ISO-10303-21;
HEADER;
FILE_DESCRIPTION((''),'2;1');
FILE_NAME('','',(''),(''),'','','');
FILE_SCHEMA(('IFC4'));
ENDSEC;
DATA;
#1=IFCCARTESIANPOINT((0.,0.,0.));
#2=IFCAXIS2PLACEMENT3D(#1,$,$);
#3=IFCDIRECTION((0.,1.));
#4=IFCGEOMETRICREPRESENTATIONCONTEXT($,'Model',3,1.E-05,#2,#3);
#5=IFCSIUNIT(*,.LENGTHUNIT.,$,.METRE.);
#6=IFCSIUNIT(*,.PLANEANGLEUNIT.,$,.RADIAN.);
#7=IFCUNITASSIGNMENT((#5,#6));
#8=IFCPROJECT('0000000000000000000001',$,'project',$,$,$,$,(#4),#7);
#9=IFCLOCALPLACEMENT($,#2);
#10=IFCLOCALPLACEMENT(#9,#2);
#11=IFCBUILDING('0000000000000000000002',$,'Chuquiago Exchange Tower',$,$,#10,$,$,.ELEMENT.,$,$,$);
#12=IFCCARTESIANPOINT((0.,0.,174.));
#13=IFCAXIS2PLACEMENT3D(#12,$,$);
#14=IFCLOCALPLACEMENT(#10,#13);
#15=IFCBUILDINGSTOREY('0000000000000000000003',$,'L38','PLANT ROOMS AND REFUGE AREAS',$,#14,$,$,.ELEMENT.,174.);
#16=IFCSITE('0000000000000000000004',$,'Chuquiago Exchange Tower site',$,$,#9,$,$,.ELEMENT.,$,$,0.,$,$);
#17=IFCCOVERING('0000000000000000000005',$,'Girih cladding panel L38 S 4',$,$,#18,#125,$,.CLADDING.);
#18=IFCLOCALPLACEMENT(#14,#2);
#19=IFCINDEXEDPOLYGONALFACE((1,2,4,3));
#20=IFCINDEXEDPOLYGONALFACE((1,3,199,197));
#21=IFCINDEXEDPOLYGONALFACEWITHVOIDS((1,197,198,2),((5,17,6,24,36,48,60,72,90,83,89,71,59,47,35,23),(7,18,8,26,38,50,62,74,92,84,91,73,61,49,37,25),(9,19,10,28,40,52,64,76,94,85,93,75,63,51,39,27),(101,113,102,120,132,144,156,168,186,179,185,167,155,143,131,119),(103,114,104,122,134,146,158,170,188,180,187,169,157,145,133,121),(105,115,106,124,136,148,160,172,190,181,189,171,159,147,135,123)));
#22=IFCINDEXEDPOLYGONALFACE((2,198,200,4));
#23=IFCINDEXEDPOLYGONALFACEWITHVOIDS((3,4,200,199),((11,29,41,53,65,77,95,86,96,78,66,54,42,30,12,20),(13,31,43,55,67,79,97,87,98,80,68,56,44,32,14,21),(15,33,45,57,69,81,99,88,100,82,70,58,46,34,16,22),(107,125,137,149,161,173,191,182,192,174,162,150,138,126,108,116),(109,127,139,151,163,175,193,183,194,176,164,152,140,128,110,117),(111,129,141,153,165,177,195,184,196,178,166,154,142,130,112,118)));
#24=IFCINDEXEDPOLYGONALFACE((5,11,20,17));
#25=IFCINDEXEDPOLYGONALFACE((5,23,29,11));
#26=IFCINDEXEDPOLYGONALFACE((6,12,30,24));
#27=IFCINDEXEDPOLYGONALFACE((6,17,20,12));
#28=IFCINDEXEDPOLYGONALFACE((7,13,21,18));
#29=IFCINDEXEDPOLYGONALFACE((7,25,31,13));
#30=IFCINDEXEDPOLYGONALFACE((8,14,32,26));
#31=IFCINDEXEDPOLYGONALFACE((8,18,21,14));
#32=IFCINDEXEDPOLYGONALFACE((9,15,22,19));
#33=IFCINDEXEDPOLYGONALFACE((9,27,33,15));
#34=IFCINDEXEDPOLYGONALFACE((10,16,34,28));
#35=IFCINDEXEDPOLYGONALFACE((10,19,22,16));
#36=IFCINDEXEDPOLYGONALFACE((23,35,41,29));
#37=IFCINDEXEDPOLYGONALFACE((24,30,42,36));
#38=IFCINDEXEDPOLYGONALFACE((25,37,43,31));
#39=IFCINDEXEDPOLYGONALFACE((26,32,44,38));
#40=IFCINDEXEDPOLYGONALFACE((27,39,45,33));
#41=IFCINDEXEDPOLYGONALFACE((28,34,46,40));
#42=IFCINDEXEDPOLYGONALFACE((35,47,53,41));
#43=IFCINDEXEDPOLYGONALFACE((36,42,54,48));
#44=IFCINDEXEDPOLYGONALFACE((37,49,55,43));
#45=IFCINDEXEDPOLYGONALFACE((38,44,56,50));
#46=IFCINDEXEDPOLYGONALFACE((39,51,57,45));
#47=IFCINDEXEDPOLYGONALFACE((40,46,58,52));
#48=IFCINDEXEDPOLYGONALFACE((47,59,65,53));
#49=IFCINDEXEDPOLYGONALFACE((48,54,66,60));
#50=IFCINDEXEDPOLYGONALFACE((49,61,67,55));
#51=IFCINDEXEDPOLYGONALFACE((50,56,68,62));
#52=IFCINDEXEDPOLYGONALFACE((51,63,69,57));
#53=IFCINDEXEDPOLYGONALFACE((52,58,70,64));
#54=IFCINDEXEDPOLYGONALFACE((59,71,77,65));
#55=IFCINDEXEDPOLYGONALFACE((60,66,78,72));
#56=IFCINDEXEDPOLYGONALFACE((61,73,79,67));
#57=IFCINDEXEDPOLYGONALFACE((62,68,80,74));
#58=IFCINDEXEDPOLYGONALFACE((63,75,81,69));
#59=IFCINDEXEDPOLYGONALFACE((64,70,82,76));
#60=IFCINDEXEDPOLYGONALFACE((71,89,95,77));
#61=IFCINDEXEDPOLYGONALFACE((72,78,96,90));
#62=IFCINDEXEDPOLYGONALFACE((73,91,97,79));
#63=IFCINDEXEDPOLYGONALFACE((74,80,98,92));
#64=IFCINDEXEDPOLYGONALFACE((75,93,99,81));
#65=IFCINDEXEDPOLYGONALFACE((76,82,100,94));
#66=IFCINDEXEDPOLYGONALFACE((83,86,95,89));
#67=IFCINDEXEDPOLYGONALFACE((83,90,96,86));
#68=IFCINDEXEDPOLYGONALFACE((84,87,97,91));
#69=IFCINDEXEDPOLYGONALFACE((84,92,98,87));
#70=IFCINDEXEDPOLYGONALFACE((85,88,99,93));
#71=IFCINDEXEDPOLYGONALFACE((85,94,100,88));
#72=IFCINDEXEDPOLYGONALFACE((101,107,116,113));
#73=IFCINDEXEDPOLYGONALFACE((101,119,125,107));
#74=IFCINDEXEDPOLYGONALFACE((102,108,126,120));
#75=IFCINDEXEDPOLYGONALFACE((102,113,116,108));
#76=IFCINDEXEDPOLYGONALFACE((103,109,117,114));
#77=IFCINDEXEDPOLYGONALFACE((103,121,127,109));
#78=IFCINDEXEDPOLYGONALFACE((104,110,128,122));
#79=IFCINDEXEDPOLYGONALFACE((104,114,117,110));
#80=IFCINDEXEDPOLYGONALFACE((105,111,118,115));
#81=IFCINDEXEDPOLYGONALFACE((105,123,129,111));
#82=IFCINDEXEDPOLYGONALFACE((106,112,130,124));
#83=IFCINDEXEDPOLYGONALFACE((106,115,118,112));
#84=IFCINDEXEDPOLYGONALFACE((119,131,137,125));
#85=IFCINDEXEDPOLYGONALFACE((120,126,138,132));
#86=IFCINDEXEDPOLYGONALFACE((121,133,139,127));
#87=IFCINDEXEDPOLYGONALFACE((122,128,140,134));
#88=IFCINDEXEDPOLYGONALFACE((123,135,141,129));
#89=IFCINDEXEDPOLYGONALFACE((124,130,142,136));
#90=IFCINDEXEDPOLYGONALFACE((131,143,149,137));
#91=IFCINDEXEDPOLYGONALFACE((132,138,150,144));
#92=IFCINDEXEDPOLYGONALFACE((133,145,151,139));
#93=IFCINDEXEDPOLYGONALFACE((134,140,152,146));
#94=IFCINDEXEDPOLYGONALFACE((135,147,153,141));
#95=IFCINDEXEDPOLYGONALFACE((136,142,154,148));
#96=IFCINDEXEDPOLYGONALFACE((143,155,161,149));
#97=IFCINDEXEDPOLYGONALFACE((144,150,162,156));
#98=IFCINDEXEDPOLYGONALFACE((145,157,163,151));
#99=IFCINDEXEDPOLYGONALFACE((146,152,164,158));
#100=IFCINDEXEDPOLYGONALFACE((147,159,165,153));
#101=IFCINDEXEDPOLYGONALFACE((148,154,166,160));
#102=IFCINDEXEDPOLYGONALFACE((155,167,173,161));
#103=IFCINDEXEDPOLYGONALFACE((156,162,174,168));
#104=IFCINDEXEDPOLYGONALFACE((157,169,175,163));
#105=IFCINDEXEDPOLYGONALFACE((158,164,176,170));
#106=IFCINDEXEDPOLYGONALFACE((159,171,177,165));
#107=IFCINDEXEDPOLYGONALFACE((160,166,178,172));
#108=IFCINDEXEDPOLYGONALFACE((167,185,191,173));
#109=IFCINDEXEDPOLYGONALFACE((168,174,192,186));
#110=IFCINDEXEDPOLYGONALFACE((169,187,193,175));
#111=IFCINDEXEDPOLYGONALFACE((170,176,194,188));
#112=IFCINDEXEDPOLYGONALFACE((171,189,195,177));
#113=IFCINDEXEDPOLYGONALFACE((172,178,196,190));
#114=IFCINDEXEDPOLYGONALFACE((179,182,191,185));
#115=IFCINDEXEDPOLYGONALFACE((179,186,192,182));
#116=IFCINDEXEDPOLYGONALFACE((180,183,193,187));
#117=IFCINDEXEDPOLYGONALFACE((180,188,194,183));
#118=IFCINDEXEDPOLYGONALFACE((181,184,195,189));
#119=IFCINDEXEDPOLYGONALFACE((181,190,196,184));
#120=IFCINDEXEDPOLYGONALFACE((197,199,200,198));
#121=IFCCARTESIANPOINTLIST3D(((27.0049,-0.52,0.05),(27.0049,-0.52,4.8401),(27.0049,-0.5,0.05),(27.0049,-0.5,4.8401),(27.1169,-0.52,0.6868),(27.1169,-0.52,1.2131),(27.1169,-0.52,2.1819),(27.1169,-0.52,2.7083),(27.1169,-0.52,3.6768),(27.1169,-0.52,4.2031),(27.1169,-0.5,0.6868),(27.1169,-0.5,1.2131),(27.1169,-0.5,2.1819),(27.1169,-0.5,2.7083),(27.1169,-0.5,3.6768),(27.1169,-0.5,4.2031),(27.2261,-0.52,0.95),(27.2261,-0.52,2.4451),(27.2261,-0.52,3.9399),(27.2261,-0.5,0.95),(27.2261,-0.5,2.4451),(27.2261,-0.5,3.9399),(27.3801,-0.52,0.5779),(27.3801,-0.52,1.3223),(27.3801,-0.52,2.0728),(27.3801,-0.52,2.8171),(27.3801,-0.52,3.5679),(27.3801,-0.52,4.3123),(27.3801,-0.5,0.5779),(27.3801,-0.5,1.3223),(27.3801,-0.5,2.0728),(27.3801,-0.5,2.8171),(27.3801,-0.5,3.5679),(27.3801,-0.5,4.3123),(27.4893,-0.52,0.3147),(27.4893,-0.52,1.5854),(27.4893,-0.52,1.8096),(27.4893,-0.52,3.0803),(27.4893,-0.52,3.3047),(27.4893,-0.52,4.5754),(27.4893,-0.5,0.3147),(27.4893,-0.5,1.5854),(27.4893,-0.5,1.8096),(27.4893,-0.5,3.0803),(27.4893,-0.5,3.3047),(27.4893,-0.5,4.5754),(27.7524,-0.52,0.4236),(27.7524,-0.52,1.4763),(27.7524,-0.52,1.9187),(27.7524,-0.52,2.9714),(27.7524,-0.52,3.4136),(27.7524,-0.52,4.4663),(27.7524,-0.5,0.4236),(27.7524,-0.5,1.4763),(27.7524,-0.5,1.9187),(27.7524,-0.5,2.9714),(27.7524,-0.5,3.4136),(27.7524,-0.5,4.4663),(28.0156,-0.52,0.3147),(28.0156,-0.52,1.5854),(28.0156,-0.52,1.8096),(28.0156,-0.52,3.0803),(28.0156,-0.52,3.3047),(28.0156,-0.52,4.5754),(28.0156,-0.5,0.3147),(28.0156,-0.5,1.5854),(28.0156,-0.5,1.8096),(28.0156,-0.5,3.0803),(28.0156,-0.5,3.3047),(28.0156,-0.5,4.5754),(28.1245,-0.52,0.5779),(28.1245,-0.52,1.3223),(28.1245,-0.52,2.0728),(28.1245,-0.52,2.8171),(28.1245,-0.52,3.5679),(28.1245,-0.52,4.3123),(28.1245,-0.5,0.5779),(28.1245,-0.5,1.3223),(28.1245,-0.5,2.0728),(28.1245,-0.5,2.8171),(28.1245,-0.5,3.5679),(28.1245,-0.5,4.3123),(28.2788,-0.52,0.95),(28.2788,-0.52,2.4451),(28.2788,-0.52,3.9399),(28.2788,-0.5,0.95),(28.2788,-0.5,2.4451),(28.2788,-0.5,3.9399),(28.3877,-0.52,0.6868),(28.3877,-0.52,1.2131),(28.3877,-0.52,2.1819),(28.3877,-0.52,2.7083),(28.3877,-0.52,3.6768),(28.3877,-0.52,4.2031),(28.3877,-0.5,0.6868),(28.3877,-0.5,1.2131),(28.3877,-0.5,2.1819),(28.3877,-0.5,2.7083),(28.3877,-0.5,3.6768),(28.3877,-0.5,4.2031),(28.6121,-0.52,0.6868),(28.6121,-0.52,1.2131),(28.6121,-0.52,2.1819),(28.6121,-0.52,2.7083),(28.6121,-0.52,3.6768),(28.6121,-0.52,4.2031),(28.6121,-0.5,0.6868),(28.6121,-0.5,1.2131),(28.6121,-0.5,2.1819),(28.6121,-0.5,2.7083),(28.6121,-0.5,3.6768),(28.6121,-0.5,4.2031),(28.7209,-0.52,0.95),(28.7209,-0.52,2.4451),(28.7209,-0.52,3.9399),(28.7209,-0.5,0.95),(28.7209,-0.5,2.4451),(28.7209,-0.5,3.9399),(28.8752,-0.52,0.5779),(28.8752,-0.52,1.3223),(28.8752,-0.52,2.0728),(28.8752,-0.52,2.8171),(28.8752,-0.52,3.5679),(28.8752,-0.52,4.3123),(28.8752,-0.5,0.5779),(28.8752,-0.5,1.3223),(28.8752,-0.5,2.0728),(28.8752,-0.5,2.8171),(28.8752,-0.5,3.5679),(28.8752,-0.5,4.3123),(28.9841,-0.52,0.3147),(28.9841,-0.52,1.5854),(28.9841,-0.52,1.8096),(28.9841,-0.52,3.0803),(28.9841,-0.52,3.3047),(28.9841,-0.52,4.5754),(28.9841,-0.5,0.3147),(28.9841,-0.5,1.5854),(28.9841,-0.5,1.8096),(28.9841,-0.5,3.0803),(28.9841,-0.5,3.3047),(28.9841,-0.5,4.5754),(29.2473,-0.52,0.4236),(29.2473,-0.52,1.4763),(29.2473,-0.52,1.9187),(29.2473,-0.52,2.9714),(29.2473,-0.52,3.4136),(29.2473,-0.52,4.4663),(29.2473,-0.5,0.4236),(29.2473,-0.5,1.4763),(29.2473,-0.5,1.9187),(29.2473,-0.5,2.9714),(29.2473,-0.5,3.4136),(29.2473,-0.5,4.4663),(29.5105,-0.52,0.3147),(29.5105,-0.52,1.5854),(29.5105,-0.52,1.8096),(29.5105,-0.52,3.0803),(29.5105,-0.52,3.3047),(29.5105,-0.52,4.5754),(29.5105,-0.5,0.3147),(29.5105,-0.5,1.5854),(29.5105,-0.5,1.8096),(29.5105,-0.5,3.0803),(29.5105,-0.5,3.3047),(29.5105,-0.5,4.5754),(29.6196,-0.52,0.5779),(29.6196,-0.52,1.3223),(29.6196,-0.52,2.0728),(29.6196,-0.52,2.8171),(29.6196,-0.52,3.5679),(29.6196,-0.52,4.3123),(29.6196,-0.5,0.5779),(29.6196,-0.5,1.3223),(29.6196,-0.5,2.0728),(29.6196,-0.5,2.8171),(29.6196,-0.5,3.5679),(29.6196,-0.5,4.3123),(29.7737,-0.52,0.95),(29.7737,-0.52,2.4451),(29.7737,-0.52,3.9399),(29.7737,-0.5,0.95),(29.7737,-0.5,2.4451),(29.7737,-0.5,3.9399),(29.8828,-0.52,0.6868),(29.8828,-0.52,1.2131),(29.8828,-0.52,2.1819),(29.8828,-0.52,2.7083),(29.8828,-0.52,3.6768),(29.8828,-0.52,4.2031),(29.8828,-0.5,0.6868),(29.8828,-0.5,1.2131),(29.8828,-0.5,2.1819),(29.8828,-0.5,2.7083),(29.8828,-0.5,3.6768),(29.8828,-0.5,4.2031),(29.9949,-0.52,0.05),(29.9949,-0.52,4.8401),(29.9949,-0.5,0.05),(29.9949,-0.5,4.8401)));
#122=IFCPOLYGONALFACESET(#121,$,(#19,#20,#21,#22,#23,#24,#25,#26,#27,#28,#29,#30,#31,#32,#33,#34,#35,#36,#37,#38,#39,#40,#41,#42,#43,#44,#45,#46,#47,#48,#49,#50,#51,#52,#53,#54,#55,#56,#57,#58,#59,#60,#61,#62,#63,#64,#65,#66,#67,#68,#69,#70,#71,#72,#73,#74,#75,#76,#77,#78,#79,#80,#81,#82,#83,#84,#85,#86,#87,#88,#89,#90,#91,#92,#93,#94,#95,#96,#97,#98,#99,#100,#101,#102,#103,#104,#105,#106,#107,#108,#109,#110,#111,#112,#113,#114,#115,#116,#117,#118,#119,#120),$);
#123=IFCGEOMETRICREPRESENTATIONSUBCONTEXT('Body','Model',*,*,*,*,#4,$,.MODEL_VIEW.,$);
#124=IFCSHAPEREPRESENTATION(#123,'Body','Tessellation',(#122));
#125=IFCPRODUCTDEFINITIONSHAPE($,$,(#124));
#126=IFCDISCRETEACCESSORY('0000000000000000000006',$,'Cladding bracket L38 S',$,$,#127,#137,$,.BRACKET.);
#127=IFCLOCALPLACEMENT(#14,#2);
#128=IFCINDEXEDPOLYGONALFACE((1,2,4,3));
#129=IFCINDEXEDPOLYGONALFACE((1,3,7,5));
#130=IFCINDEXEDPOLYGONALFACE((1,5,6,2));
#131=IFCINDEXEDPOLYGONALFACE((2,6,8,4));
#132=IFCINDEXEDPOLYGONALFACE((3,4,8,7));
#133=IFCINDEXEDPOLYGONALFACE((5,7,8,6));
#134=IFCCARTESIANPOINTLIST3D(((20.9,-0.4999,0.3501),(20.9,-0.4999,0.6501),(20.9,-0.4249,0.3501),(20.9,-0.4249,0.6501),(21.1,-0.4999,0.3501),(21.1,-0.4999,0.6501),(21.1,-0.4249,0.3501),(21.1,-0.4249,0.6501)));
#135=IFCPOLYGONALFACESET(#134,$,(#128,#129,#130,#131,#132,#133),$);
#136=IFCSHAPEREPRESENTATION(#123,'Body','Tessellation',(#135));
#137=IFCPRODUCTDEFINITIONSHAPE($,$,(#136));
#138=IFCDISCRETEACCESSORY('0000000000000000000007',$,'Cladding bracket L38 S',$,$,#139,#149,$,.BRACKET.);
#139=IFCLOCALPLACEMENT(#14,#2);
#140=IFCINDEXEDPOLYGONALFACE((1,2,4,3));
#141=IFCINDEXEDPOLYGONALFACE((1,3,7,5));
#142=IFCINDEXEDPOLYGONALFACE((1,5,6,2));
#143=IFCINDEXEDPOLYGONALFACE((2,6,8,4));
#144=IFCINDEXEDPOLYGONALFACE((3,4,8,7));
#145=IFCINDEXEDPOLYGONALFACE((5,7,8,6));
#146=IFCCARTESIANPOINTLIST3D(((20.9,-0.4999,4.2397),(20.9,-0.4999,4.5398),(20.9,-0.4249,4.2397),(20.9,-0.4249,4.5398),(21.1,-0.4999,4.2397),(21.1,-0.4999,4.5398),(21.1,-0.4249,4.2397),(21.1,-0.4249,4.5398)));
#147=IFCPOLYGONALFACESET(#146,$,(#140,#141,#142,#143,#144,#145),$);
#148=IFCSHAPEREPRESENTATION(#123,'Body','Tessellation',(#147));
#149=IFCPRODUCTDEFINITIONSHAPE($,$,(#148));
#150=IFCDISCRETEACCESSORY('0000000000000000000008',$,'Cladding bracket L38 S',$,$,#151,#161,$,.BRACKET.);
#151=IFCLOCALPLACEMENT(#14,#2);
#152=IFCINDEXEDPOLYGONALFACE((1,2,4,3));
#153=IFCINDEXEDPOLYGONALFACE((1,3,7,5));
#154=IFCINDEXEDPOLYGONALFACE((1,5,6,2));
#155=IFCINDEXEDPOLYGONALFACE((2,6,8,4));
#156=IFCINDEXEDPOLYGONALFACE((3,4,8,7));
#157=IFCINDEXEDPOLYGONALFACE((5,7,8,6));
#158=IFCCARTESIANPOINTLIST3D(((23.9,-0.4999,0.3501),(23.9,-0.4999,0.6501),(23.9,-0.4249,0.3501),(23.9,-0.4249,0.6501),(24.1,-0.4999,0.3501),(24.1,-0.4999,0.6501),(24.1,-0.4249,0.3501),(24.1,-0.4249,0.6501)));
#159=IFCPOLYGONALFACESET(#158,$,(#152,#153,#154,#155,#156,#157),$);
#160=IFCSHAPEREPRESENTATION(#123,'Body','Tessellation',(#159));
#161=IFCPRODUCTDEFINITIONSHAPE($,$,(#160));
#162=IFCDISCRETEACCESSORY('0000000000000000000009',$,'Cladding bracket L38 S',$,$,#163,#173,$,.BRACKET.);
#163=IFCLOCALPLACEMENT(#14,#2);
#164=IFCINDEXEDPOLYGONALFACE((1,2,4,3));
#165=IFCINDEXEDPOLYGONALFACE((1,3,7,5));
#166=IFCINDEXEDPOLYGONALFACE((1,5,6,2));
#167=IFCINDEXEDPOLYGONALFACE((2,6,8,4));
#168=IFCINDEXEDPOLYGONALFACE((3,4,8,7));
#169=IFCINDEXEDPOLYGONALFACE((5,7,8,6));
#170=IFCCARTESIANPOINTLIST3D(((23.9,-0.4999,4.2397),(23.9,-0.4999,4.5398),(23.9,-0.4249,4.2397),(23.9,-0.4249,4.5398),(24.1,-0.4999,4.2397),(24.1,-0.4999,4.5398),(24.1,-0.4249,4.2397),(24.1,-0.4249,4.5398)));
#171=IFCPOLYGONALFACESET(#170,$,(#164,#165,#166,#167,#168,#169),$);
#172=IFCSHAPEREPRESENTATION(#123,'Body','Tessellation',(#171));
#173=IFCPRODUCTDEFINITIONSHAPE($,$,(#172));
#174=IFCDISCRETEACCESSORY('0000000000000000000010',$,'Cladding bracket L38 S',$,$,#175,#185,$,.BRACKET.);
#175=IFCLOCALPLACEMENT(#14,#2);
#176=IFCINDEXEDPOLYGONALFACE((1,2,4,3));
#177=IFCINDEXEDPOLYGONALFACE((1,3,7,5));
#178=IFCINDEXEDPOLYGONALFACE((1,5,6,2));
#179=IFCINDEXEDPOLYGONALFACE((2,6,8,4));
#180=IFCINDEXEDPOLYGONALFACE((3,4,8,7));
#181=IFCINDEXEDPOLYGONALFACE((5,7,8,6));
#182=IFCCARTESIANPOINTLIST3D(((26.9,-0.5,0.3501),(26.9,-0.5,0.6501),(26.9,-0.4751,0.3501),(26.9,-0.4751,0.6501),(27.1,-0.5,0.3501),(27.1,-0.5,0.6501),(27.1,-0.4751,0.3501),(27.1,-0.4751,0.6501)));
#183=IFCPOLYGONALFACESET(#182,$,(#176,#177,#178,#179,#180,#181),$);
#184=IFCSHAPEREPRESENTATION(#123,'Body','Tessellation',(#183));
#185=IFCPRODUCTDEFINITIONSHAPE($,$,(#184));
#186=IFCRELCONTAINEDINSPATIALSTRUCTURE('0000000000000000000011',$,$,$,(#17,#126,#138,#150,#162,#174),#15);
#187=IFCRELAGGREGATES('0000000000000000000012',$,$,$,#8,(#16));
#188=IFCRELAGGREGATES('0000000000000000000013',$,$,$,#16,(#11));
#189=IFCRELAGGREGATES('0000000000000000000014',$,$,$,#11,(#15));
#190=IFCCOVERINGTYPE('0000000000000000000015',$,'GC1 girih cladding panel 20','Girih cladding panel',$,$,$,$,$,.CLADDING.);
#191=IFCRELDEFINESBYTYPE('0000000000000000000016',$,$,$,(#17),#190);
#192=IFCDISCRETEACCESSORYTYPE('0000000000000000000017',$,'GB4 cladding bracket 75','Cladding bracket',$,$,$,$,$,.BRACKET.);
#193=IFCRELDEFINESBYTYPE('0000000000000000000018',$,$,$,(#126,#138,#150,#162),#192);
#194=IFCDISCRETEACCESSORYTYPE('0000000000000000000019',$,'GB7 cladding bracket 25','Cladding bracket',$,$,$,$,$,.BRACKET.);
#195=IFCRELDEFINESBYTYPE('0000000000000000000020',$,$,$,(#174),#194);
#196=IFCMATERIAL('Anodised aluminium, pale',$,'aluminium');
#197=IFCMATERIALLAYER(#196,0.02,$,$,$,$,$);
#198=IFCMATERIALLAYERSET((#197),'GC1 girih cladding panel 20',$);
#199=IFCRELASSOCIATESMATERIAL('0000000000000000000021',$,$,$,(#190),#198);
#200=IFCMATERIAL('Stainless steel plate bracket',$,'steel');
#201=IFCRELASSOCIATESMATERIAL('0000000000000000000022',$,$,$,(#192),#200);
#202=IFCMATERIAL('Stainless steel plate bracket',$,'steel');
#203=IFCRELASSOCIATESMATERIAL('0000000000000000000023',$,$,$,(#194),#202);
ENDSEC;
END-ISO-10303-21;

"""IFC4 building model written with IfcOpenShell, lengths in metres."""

from ifc_helpers import new_model, si_unit, direction, frame, origin, origin_2d, place, context, subcontext, project, spatial, polyline, rectangle, outline, extrude, material, layer, layer_set, type_object, element, save


model = new_model("IFC4")

# Units and contexts
model_context = context("Model", 3, precision=1e-05, world=origin(), true_north=direction((0.0, 1.0)))
body_context = subcontext(model_context, "Body", "Model", "MODEL_VIEW")
ifc_project = project(units=[si_unit("LENGTHUNIT", "METRE"), si_unit("PLANEANGLEUNIT", "RADIAN")], contexts=[model_context])

# Site, building, storey
site_placement = place(None, origin())
site = spatial("IfcSite", under=ifc_project, at=site_placement, Name="Chuquiago Exchange Tower site", CompositionType="ELEMENT", RefElevation=0.0)
building_placement = place(site_placement, origin())
building = spatial("IfcBuilding", under=site, at=building_placement, Name="Chuquiago Exchange Tower", CompositionType="ELEMENT")
storey_placement = place(building_placement, frame((0.0, 0.0, 174.0)))
storey = spatial("IfcBuildingStorey", under=building, at=storey_placement, Name="L38", Description="PLANT ROOMS AND REFUGE AREAS", CompositionType="ELEMENT", Elevation=174.0)

# Covering
ifc_material_1 = material(Name="Anodised aluminium, pale", Category="aluminium")
ifc_layer_1 = layer(ifc_material_1, 0.02)
ifc_layer_set_1 = layer_set([ifc_layer_1], Name="GC1 girih cladding panel 20")
covering_type = type_object("IfcCoveringType", Name="GC1 girih cladding panel 20", Description="Girih cladding panel", PredefinedType="CLADDING", material=ifc_layer_set_1)
covering_1_placement = place(storey_placement, frame((27.0049, -0.5, 0.05), z_axis=(0.0, 0.0, 1.0), x_axis=(1.0, 0.0, 0.0)))
element("IfcCovering", 1, at=covering_1_placement, inside=storey, type_object=covering_type, Name="Girih cladding panel L38 S 4", PredefinedType="CLADDING", context=body_context, shape_type="SweptSolid", body=[
    extrude(outline(polyline([(0.0, 0.0), (2.99, 0.0), (2.99, 4.79), (0.0, 4.79), (0.0, 0.0)]), holes=[polyline([(1.2739, 0.8999), (1.3828, 1.1631), (1.1196, 1.2722), (1.0107, 1.5354), (0.7476, 1.4263), (0.4844, 1.5354), (0.3752, 1.2722), (0.1121, 1.1631), (0.2212, 0.8999), (0.1121, 0.6367), (0.3752, 0.5278), (0.4844, 0.2646), (0.7476, 0.3735), (1.0107, 0.2646), (1.1196, 0.5278), (1.3828, 0.6367), (1.2739, 0.8999)]), polyline([(2.7688, 0.8999), (2.8779, 1.1631), (2.6147, 1.2722), (2.5056, 1.5354), (2.2424, 1.4263), (1.9792, 1.5354), (1.8704, 1.2722), (1.6072, 1.1631), (1.7161, 0.8999), (1.6072, 0.6367), (1.8704, 0.5278), (1.9792, 0.2646), (2.2424, 0.3735), (2.5056, 0.2646), (2.6147, 0.5278), (2.8779, 0.6367), (2.7688, 0.8999)]), polyline([(1.2739, 2.395), (1.3828, 2.6582), (1.1196, 2.7671), (1.0107, 3.0303), (0.7476, 2.9214), (0.4844, 3.0303), (0.3752, 2.7671), (0.1121, 2.6582), (0.2212, 2.395), (0.1121, 2.1318), (0.3752, 2.0227), (0.4844, 1.7595), (0.7476, 1.8687), (1.0107, 1.7595), (1.1196, 2.0227), (1.3828, 2.1318), (1.2739, 2.395)]), polyline([(2.7688, 2.395), (2.8779, 2.6582), (2.6147, 2.7671), (2.5056, 3.0303), (2.2424, 2.9214), (1.9792, 3.0303), (1.8704, 2.7671), (1.6072, 2.6582), (1.7161, 2.395), (1.6072, 2.1318), (1.8704, 2.0227), (1.9792, 1.7595), (2.2424, 1.8687), (2.5056, 1.7595), (2.6147, 2.0227), (2.8779, 2.1318), (2.7688, 2.395)]), polyline([(1.2739, 3.8899), (1.3828, 4.1531), (1.1196, 4.2622), (1.0107, 4.5254), (0.7476, 4.4163), (0.4844, 4.5254), (0.3752, 4.2622), (0.1121, 4.1531), (0.2212, 3.8899), (0.1121, 3.6267), (0.3752, 3.5178), (0.4844, 3.2546), (0.7476, 3.3635), (1.0107, 3.2546), (1.1196, 3.5178), (1.3828, 3.6267), (1.2739, 3.8899)]), polyline([(2.7688, 3.8899), (2.8779, 4.1531), (2.6147, 4.2622), (2.5056, 4.5254), (2.2424, 4.4163), (1.9792, 4.5254), (1.8704, 4.2622), (1.6072, 4.1531), (1.7161, 3.8899), (1.6072, 3.6267), (1.8704, 3.5178), (1.9792, 3.2546), (2.2424, 3.3635), (2.5056, 3.2546), (2.6147, 3.5178), (2.8779, 3.6267), (2.7688, 3.8899)])]), frame((0.0, 0.0, 0.0), z_axis=(0.0, -1.0, 0.0), x_axis=(1.0, 0.0, 0.0)), (0.0, 0.0, 1.0), 0.02),
])

# Discrete accessories
ifc_material_2 = material(Name="Stainless steel plate bracket", Category="steel")
discrete_accessory_type_1 = type_object("IfcDiscreteAccessoryType", Name="GB4 cladding bracket 75", Description="Cladding bracket", PredefinedType="BRACKET", material=ifc_material_2)
for number, where, z_axis, x_axis, name in (
    (2, (21.0, -0.4624, 0.3501), (0.0, 0.0, 1.0), (1.0, 0.0, 0.0), "Cladding bracket L38 S"),
    (3, (21.0, -0.4624, 4.2397), (0.0, 0.0, 1.0), (1.0, 0.0, 0.0), "Cladding bracket L38 S"),
    (4, (24.0, -0.4624, 0.3501), (0.0, 0.0, 1.0), (1.0, 0.0, 0.0), "Cladding bracket L38 S"),
    (5, (24.0, -0.4624, 4.2397), (0.0, 0.0, 1.0), (1.0, 0.0, 0.0), "Cladding bracket L38 S"),
):
    element("IfcDiscreteAccessory", number, at=place(storey_placement, frame(where, z_axis=z_axis, x_axis=x_axis)), inside=storey, type_object=discrete_accessory_type_1, Name=name, PredefinedType="BRACKET", context=body_context, shape_type="SweptSolid", body=[
        extrude(rectangle(XDim=0.2, YDim=0.075, at=origin_2d()), origin(), (0.0, 0.0, 1.0), 0.3),
    ])
ifc_material_3 = material(Name="Stainless steel plate bracket", Category="steel")
discrete_accessory_type_2 = type_object("IfcDiscreteAccessoryType", Name="GB7 cladding bracket 25", Description="Cladding bracket", PredefinedType="BRACKET", material=ifc_material_3)
for number, where, z_axis, x_axis, name in (
    (6, (27.0, -0.4875, 0.3501), (0.0, 0.0, 1.0), (1.0, 0.0, 0.0), "Cladding bracket L38 S"),
):
    element("IfcDiscreteAccessory", number, at=place(storey_placement, frame(where, z_axis=z_axis, x_axis=x_axis)), inside=storey, type_object=discrete_accessory_type_2, Name=name, PredefinedType="BRACKET", context=body_context, shape_type="SweptSolid", body=[
        extrude(rectangle(XDim=0.2, YDim=0.0249, at=origin_2d()), origin(), (0.0, 0.0, 1.0), 0.3),
    ])

save(model, "model.ifc")
